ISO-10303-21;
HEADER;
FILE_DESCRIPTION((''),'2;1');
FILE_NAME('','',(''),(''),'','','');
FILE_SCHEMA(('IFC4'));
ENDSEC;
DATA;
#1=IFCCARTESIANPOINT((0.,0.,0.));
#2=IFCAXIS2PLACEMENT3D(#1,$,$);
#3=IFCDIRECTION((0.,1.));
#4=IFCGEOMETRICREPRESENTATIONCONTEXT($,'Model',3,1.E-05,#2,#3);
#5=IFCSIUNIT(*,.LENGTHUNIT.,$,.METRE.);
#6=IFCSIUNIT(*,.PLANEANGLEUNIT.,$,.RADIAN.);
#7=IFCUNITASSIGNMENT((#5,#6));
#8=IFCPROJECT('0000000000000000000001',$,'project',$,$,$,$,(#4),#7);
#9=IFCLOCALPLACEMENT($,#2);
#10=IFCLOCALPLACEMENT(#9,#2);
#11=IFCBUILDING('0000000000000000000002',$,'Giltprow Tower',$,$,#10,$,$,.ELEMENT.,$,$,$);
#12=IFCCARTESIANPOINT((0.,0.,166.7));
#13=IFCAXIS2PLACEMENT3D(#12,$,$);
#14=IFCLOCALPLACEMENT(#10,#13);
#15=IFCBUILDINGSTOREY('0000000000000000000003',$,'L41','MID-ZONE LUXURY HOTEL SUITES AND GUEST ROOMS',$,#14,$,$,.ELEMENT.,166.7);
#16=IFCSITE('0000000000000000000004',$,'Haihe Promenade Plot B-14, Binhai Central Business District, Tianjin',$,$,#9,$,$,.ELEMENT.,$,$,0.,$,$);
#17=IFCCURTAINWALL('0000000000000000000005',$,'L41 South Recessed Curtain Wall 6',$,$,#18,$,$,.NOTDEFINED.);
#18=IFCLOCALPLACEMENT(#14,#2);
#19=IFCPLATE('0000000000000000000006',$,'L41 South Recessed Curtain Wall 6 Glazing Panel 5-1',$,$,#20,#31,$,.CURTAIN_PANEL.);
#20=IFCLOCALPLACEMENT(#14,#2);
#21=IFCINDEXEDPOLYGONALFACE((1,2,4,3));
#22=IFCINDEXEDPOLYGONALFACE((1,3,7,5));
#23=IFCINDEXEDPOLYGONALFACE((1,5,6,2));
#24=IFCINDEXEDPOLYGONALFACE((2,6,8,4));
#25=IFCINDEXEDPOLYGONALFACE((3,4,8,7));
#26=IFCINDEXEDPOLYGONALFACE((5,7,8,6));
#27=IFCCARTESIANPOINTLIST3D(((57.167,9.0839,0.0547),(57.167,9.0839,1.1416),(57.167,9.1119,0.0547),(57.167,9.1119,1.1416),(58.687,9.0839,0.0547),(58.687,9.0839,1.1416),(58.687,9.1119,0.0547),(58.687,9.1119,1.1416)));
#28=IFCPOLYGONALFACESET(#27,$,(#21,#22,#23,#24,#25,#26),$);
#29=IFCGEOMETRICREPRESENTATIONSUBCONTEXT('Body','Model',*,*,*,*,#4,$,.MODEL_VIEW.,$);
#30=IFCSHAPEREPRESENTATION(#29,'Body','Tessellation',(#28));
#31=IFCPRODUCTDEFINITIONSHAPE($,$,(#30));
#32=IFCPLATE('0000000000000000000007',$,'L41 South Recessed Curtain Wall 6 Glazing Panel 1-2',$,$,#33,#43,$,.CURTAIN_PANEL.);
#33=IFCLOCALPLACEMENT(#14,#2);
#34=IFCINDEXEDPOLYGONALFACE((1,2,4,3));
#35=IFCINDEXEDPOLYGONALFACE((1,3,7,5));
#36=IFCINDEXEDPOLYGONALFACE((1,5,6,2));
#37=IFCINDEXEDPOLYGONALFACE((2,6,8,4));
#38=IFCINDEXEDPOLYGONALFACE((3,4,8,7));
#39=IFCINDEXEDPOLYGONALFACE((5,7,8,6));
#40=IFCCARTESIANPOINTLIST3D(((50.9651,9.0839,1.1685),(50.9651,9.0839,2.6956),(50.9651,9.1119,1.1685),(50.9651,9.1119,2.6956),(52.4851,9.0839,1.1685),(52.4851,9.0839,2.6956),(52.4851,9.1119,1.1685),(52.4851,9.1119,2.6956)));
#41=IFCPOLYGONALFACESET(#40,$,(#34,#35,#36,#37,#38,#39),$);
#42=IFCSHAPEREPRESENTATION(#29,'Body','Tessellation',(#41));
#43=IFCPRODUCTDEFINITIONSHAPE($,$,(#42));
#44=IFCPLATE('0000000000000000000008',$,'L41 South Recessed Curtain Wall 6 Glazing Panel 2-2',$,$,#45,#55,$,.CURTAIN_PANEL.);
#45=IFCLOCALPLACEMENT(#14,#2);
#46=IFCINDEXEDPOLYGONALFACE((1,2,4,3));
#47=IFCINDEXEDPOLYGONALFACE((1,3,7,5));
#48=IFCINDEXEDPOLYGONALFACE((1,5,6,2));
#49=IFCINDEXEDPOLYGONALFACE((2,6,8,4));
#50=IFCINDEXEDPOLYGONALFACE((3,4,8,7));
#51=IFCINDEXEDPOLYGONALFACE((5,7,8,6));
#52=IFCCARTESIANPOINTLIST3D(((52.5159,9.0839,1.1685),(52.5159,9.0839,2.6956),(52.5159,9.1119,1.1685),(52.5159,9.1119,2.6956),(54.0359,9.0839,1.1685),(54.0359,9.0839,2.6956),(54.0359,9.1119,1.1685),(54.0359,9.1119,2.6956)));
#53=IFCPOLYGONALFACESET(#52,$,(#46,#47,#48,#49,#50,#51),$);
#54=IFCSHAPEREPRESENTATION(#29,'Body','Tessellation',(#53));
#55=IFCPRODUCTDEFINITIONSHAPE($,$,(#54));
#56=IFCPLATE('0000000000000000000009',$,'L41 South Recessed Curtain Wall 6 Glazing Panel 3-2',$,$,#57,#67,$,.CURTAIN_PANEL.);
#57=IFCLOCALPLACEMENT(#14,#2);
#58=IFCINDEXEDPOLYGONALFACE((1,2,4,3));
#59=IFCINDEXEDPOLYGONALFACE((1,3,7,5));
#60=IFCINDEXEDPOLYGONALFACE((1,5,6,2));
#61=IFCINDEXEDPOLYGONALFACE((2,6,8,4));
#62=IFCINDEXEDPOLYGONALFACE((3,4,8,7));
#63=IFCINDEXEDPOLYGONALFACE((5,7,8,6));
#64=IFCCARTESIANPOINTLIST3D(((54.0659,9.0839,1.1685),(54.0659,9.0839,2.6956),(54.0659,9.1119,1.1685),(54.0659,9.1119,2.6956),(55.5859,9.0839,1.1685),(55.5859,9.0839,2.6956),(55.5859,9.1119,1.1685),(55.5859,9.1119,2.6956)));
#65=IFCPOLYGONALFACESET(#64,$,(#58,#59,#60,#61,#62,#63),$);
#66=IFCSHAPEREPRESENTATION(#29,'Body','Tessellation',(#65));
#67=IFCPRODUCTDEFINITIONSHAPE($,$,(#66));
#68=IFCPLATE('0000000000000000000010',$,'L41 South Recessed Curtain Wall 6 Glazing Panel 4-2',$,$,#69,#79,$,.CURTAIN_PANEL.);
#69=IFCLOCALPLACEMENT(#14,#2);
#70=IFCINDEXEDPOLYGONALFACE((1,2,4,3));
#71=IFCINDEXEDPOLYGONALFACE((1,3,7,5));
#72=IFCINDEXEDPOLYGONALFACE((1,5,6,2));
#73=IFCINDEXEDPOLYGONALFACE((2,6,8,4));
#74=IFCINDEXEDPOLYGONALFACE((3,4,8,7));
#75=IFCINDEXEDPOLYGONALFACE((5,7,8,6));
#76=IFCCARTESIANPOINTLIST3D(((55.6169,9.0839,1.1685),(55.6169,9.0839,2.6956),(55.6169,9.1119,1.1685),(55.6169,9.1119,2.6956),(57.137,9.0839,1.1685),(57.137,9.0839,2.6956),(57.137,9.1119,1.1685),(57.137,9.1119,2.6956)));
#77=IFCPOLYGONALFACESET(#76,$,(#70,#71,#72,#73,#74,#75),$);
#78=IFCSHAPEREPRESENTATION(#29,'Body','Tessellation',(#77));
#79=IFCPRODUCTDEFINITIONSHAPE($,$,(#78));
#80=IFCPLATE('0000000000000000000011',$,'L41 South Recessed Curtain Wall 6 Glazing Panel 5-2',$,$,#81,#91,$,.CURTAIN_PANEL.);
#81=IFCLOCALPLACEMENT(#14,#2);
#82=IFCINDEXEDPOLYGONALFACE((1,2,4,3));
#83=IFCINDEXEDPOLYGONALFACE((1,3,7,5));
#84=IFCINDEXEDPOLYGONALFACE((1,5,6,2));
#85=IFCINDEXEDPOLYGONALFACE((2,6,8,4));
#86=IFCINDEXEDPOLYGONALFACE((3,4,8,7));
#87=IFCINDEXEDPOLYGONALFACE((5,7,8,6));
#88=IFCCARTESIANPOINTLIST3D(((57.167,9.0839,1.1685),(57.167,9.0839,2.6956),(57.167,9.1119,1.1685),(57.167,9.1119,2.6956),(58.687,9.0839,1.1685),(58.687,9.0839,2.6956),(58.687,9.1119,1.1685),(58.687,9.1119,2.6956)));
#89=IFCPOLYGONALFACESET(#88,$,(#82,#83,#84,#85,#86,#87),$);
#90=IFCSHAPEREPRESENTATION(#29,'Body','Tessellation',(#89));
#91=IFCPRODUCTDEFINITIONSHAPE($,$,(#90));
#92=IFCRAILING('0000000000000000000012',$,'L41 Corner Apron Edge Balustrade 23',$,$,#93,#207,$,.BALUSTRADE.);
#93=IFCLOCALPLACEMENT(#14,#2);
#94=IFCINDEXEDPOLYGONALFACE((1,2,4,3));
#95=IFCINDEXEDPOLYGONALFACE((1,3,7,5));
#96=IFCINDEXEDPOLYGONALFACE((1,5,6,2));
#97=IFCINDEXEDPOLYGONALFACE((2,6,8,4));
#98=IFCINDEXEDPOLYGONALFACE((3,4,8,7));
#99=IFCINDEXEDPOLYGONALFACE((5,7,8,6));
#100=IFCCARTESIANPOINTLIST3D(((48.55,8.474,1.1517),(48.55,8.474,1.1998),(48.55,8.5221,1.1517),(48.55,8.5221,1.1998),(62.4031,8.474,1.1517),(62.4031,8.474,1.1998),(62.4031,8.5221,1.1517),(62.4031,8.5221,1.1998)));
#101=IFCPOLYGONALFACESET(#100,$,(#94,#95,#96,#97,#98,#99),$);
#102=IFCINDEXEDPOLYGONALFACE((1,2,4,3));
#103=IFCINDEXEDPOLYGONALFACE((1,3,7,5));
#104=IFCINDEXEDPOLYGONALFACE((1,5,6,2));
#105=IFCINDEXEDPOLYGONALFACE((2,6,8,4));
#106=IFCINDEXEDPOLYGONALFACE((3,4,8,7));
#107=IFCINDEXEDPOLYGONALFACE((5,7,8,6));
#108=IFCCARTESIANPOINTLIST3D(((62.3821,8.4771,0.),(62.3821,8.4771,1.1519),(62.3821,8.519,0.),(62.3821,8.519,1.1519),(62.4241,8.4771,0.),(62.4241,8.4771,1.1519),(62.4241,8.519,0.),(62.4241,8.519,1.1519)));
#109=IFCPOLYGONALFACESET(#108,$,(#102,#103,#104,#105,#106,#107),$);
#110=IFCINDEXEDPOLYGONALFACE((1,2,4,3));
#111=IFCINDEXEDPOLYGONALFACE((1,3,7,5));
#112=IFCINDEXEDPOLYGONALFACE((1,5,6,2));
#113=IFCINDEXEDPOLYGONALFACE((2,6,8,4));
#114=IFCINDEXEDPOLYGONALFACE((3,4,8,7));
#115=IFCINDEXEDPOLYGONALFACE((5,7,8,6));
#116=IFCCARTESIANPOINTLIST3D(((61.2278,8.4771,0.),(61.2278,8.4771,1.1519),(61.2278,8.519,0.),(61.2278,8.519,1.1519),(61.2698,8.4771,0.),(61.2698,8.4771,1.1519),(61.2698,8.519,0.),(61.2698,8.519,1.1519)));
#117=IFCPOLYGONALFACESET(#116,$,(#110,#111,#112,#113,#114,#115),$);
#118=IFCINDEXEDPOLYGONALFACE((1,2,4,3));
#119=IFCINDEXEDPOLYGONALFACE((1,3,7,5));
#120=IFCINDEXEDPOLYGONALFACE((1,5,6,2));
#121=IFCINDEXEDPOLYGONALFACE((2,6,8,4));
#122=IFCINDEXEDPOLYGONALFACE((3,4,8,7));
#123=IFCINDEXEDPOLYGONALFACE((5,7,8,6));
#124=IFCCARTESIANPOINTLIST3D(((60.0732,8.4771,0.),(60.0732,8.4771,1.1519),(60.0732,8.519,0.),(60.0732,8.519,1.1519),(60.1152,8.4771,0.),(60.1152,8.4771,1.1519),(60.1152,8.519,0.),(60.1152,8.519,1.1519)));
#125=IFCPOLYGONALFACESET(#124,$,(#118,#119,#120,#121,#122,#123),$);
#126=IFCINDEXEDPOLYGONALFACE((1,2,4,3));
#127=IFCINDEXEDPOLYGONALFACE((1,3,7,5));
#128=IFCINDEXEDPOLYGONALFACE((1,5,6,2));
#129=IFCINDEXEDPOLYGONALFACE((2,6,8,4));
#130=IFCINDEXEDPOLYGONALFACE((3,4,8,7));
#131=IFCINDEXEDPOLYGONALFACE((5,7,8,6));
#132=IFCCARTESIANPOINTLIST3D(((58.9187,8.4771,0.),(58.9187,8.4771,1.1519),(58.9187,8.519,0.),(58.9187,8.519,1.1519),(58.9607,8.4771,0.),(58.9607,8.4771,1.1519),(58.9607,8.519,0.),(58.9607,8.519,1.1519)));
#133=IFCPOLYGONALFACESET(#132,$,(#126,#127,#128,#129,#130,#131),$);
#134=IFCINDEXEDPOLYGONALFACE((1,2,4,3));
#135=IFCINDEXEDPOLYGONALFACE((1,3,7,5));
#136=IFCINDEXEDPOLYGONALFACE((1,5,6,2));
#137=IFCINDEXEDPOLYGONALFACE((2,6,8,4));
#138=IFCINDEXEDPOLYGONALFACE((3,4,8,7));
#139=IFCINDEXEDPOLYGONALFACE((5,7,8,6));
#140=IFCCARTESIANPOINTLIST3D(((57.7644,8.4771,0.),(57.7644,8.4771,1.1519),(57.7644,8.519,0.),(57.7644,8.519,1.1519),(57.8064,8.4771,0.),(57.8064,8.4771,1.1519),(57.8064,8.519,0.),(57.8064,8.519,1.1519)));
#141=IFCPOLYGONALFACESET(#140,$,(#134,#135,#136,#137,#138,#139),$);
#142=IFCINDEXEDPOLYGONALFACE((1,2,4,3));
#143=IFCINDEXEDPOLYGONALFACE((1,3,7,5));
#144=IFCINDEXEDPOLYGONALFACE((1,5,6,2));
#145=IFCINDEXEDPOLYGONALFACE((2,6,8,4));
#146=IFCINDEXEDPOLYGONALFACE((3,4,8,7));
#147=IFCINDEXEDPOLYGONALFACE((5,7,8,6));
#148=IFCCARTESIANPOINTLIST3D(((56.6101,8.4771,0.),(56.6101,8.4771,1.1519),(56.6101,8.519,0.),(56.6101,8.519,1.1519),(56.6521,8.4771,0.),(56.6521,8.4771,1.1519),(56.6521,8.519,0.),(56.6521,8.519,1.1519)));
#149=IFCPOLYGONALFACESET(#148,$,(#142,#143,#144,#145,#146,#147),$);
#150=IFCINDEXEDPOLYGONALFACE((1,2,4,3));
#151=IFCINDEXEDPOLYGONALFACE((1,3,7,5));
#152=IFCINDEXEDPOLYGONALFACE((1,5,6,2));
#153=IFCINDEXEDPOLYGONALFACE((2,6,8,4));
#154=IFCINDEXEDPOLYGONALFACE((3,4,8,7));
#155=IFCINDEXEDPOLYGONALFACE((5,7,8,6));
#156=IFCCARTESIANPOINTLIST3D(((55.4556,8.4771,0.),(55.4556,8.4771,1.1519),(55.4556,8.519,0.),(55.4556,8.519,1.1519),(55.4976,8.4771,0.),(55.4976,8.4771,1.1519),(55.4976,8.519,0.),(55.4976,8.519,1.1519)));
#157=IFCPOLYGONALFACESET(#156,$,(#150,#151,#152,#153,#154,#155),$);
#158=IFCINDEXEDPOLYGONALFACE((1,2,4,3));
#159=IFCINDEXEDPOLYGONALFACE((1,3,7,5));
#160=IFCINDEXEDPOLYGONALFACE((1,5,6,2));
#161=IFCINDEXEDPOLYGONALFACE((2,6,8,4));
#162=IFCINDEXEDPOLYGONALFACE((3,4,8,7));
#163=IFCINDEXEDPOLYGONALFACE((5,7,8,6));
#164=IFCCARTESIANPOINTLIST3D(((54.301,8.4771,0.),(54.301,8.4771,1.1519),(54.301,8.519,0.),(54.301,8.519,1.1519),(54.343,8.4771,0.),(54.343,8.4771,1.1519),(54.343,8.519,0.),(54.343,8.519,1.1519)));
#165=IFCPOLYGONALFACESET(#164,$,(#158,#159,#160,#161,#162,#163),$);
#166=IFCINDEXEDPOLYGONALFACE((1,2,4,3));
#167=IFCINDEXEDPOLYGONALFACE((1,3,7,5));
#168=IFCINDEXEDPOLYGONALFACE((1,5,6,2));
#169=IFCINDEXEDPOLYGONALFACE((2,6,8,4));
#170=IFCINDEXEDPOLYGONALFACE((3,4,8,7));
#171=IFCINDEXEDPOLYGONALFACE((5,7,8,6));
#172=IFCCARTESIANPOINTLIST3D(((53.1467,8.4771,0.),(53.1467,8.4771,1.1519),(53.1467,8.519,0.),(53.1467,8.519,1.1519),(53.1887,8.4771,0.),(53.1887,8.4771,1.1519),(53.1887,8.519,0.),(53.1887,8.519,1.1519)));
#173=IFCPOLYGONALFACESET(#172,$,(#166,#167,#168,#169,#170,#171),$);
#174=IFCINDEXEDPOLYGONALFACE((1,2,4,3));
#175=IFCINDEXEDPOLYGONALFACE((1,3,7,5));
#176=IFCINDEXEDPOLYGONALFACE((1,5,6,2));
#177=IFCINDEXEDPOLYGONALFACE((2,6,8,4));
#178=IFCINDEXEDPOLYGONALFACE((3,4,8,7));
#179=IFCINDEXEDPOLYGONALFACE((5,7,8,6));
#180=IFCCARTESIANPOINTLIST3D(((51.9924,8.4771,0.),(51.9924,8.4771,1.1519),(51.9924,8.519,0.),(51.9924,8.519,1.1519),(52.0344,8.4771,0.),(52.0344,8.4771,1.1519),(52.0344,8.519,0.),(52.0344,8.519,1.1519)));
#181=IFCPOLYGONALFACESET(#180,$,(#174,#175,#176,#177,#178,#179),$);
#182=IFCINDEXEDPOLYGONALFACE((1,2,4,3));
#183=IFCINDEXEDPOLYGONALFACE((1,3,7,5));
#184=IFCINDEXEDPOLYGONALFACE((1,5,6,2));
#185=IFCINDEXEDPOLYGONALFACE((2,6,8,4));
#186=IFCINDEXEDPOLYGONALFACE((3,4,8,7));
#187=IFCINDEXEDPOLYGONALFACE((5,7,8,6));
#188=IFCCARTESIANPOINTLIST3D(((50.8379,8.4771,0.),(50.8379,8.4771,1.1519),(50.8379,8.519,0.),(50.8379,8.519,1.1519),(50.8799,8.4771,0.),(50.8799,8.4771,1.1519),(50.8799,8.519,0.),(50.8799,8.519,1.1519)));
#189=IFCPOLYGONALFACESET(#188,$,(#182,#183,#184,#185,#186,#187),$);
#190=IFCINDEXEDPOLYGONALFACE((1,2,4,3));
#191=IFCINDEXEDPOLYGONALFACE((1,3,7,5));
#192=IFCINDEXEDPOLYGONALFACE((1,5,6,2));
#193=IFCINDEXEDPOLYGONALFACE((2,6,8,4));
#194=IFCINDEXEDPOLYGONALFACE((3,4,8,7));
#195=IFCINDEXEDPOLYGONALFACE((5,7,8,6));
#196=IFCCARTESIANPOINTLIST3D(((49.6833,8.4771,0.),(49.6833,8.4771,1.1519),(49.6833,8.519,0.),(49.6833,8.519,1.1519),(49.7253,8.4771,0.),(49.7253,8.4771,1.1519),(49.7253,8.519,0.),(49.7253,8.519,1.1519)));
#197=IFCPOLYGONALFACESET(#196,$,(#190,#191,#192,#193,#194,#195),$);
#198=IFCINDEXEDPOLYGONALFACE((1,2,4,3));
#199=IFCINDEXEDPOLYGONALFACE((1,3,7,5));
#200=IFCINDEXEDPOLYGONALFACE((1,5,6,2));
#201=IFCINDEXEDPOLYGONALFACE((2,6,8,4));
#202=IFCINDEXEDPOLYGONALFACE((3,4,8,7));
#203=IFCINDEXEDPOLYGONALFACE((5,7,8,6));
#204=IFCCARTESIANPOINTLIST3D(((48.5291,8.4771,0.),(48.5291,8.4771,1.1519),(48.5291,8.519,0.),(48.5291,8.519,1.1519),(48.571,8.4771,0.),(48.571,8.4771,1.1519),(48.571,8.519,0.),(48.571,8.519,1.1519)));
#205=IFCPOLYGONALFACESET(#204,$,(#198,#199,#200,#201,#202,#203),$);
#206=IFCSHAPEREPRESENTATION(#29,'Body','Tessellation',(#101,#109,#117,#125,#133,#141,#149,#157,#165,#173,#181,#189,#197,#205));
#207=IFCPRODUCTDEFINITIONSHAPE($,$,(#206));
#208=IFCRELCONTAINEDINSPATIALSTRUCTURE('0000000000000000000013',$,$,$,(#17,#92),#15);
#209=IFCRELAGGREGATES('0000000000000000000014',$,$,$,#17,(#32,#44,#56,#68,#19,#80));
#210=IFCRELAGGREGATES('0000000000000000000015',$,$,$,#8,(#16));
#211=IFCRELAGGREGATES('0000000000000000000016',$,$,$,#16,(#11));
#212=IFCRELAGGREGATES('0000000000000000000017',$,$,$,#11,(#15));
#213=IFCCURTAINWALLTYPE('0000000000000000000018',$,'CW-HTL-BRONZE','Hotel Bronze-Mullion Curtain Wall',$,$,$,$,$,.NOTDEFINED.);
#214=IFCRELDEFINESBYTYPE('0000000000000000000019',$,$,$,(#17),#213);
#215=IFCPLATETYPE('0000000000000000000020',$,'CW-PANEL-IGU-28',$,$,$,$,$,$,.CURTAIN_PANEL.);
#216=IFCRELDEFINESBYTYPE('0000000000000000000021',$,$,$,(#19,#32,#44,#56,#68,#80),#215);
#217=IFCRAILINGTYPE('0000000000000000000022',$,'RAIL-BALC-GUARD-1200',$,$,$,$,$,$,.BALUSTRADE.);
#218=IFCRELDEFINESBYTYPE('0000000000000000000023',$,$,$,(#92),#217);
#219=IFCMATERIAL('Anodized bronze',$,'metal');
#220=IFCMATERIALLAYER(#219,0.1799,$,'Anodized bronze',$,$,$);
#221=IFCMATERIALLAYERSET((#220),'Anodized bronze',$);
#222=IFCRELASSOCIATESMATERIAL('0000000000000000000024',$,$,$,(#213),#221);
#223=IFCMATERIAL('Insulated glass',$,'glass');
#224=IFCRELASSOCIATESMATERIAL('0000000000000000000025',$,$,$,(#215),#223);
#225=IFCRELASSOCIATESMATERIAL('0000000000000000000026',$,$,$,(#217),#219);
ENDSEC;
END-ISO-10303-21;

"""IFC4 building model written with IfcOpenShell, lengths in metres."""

from ifc_helpers import new_model, si_unit, direction, frame, origin, origin_2d, place, context, subcontext, project, spatial, rectangle, extrude, source, transform, mapped, material, layer, layer_set, type_object, element, aggregate, save


model = new_model("IFC4")

# Units and contexts
model_context = context("Model", 3, precision=1e-05, world=origin(), true_north=direction((0.0, 1.0)))
body_context = subcontext(model_context, "Body", "Model", "MODEL_VIEW")
ifc_project = project(units=[si_unit("LENGTHUNIT", "METRE"), si_unit("PLANEANGLEUNIT", "RADIAN")], contexts=[model_context])

# Site, building, storey
site_placement = place(None, origin())
site = spatial("IfcSite", under=ifc_project, at=site_placement, Name="Haihe Promenade Plot B-14, Binhai Central Business District, Tianjin", CompositionType="ELEMENT", RefElevation=0.0)
building_placement = place(site_placement, origin())
building = spatial("IfcBuilding", under=site, at=building_placement, Name="Giltprow Tower", CompositionType="ELEMENT")
storey_placement = place(building_placement, frame((0.0, 0.0, 166.7)))
storey = spatial("IfcBuildingStorey", under=building, at=storey_placement, Name="L41", Description="MID-ZONE LUXURY HOTEL SUITES AND GUEST ROOMS", CompositionType="ELEMENT", Elevation=166.7)

# Curtain wall, plates
ifc_material_1 = material(Name="Anodized bronze", Category="metal")
ifc_layer = layer(ifc_material_1, 0.1799, Name="Anodized bronze")
ifc_layer_set = layer_set([ifc_layer], Name="Anodized bronze")
curtain_wall_type = type_object("IfcCurtainWallType", Name="CW-HTL-BRONZE", Description="Hotel Bronze-Mullion Curtain Wall", PredefinedType="NOTDEFINED", material=ifc_layer_set)
curtain_wall_placement = place(storey_placement, origin())
curtain_wall = element("IfcCurtainWall", 1, at=curtain_wall_placement, inside=storey, type_object=curtain_wall_type, Name="L41 South Recessed Curtain Wall 6", PredefinedType="NOTDEFINED")
ifc_material_2 = material(Name="Insulated glass", Category="glass")
plate_type = type_object("IfcPlateType", Name="CW-PANEL-IGU-28", PredefinedType="CURTAIN_PANEL", material=ifc_material_2)
shared_shape_1 = source(origin(), body_context, "Body", "SweptSolid", [
    extrude(rectangle(XDim=1.52, YDim=0.0281, at=origin_2d()), origin(), (0.0, 0.0, 1.0), 1.0869),
])
plate_1_placement = place(storey_placement, frame((57.927, 9.0979, 0.0547), z_axis=(0.0, 0.0, 1.0), x_axis=(1.0, 0.0, 0.0)))
plate_1 = element("IfcPlate", 2, at=plate_1_placement, type_object=plate_type, Name="L41 South Recessed Curtain Wall 6 Glazing Panel 5-1", PredefinedType="CURTAIN_PANEL", context=body_context, shape_type="MappedRepresentation", body=[
    mapped(shared_shape_1, transform((0.0, 0.0, 0.0), x_axis=(1.0, 0.0, 0.0), y_axis=(0.0, 1.0, 0.0), z_axis=(0.0, 0.0, 1.0), scale=1.0)),
])
shared_shape_2 = source(origin(), body_context, "Body", "SweptSolid", [
    extrude(rectangle(XDim=1.52, YDim=0.0281, at=origin_2d()), origin(), (0.0, 0.0, 1.0), 1.5271),
])
plate_2_placement = place(storey_placement, frame((51.7251, 9.0979, 1.1685), z_axis=(0.0, 0.0, 1.0), x_axis=(1.0, 0.0, 0.0)))
plate_2 = element("IfcPlate", 3, at=plate_2_placement, type_object=plate_type, Name="L41 South Recessed Curtain Wall 6 Glazing Panel 1-2", PredefinedType="CURTAIN_PANEL", context=body_context, shape_type="MappedRepresentation", body=[
    mapped(shared_shape_2, transform((0.0, 0.0, 0.0), x_axis=(1.0, 0.0, 0.0), y_axis=(0.0, 1.0, 0.0), z_axis=(0.0, 0.0, 1.0), scale=1.0)),
])
plate_3_placement = place(storey_placement, frame((53.2759, 9.0979, 1.1685), z_axis=(0.0, 0.0, 1.0), x_axis=(1.0, 0.0, 0.0)))
plate_3 = element("IfcPlate", 4, at=plate_3_placement, type_object=plate_type, Name="L41 South Recessed Curtain Wall 6 Glazing Panel 2-2", PredefinedType="CURTAIN_PANEL", context=body_context, shape_type="MappedRepresentation", body=[
    mapped(shared_shape_2, transform((0.0, 0.0, 0.0), x_axis=(1.0, 0.0, 0.0), y_axis=(0.0, 1.0, 0.0), z_axis=(0.0, 0.0, 1.0), scale=1.0)),
])
plate_4_placement = place(storey_placement, frame((54.8259, 9.0979, 1.1685), z_axis=(0.0, 0.0, 1.0), x_axis=(1.0, 0.0, 0.0)))
plate_4 = element("IfcPlate", 5, at=plate_4_placement, type_object=plate_type, Name="L41 South Recessed Curtain Wall 6 Glazing Panel 3-2", PredefinedType="CURTAIN_PANEL", context=body_context, shape_type="MappedRepresentation", body=[
    mapped(shared_shape_2, transform((0.0, 0.0, 0.0), x_axis=(1.0, 0.0, 0.0), y_axis=(0.0, 1.0, 0.0), z_axis=(0.0, 0.0, 1.0), scale=1.0)),
])
plate_5_placement = place(storey_placement, frame((56.377, 9.0979, 1.1685), z_axis=(0.0, 0.0, 1.0), x_axis=(1.0, 0.0, 0.0)))
plate_5 = element("IfcPlate", 6, at=plate_5_placement, type_object=plate_type, Name="L41 South Recessed Curtain Wall 6 Glazing Panel 4-2", PredefinedType="CURTAIN_PANEL", context=body_context, shape_type="MappedRepresentation", body=[
    mapped(shared_shape_2, transform((0.0, 0.0, 0.0), x_axis=(1.0, 0.0, 0.0), y_axis=(0.0, 1.0, 0.0), z_axis=(0.0, 0.0, 1.0), scale=1.0)),
])
plate_6_placement = place(storey_placement, frame((57.927, 9.0979, 1.1685), z_axis=(0.0, 0.0, 1.0), x_axis=(1.0, 0.0, 0.0)))
plate_6 = element("IfcPlate", 7, at=plate_6_placement, type_object=plate_type, Name="L41 South Recessed Curtain Wall 6 Glazing Panel 5-2", PredefinedType="CURTAIN_PANEL", context=body_context, shape_type="MappedRepresentation", body=[
    mapped(shared_shape_2, transform((0.0, 0.0, 0.0), x_axis=(1.0, 0.0, 0.0), y_axis=(0.0, 1.0, 0.0), z_axis=(0.0, 0.0, 1.0), scale=1.0)),
])
aggregate(curtain_wall, [plate_2, plate_3, plate_4, plate_5, plate_1, plate_6])

# Railing
railing_type = type_object("IfcRailingType", Name="RAIL-BALC-GUARD-1200", PredefinedType="BALUSTRADE", material=ifc_material_1)
railing_placement = place(storey_placement, frame((62.4031, 8.498, 0.0)))
element("IfcRailing", 8, at=railing_placement, inside=storey, type_object=railing_type, Name="L41 Corner Apron Edge Balustrade 23", PredefinedType="BALUSTRADE", context=body_context, shape_type="SweptSolid", body=[
    extrude(rectangle(XDim=0.0481, YDim=0.0481, at=origin_2d()), frame((0.0, 0.0, 1.1758), z_axis=(-1.0, 0.0, 0.0), x_axis=(0.0, -1.0, 0.0)), (0.0, 0.0, 1.0), 13.853),
    extrude(rectangle(XDim=0.042, YDim=0.042, at=origin_2d()), origin(), (0.0, 0.0, 1.0), 1.1519),
    extrude(rectangle(XDim=0.042, YDim=0.042, at=origin_2d()), frame((-1.1543, 0.0, 0.0)), (0.0, 0.0, 1.0), 1.1519),
    extrude(rectangle(XDim=0.042, YDim=0.042, at=origin_2d()), frame((-2.3088, 0.0, 0.0)), (0.0, 0.0, 1.0), 1.1519),
    extrude(rectangle(XDim=0.042, YDim=0.042, at=origin_2d()), frame((-3.4634, 0.0, 0.0)), (0.0, 0.0, 1.0), 1.1519),
    extrude(rectangle(XDim=0.042, YDim=0.042, at=origin_2d()), frame((-4.6177, 0.0, 0.0)), (0.0, 0.0, 1.0), 1.1519),
    extrude(rectangle(XDim=0.042, YDim=0.042, at=origin_2d()), frame((-5.772, 0.0, 0.0)), (0.0, 0.0, 1.0), 1.1519),
    extrude(rectangle(XDim=0.042, YDim=0.042, at=origin_2d()), frame((-6.9265, 0.0, 0.0)), (0.0, 0.0, 1.0), 1.1519),
    extrude(rectangle(XDim=0.042, YDim=0.042, at=origin_2d()), frame((-8.0811, 0.0, 0.0)), (0.0, 0.0, 1.0), 1.1519),
    extrude(rectangle(XDim=0.042, YDim=0.042, at=origin_2d()), frame((-9.2354, 0.0, 0.0)), (0.0, 0.0, 1.0), 1.1519),
    extrude(rectangle(XDim=0.042, YDim=0.042, at=origin_2d()), frame((-10.3896, 0.0, 0.0)), (0.0, 0.0, 1.0), 1.1519),
    extrude(rectangle(XDim=0.042, YDim=0.042, at=origin_2d()), frame((-11.5442, 0.0, 0.0)), (0.0, 0.0, 1.0), 1.1519),
    extrude(rectangle(XDim=0.042, YDim=0.042, at=origin_2d()), frame((-12.6987, 0.0, 0.0)), (0.0, 0.0, 1.0), 1.1519),
    extrude(rectangle(XDim=0.042, YDim=0.042, at=origin_2d()), frame((-13.853, 0.0, 0.0)), (0.0, 0.0, 1.0), 1.1519),
])

save(model, "model.ifc")
